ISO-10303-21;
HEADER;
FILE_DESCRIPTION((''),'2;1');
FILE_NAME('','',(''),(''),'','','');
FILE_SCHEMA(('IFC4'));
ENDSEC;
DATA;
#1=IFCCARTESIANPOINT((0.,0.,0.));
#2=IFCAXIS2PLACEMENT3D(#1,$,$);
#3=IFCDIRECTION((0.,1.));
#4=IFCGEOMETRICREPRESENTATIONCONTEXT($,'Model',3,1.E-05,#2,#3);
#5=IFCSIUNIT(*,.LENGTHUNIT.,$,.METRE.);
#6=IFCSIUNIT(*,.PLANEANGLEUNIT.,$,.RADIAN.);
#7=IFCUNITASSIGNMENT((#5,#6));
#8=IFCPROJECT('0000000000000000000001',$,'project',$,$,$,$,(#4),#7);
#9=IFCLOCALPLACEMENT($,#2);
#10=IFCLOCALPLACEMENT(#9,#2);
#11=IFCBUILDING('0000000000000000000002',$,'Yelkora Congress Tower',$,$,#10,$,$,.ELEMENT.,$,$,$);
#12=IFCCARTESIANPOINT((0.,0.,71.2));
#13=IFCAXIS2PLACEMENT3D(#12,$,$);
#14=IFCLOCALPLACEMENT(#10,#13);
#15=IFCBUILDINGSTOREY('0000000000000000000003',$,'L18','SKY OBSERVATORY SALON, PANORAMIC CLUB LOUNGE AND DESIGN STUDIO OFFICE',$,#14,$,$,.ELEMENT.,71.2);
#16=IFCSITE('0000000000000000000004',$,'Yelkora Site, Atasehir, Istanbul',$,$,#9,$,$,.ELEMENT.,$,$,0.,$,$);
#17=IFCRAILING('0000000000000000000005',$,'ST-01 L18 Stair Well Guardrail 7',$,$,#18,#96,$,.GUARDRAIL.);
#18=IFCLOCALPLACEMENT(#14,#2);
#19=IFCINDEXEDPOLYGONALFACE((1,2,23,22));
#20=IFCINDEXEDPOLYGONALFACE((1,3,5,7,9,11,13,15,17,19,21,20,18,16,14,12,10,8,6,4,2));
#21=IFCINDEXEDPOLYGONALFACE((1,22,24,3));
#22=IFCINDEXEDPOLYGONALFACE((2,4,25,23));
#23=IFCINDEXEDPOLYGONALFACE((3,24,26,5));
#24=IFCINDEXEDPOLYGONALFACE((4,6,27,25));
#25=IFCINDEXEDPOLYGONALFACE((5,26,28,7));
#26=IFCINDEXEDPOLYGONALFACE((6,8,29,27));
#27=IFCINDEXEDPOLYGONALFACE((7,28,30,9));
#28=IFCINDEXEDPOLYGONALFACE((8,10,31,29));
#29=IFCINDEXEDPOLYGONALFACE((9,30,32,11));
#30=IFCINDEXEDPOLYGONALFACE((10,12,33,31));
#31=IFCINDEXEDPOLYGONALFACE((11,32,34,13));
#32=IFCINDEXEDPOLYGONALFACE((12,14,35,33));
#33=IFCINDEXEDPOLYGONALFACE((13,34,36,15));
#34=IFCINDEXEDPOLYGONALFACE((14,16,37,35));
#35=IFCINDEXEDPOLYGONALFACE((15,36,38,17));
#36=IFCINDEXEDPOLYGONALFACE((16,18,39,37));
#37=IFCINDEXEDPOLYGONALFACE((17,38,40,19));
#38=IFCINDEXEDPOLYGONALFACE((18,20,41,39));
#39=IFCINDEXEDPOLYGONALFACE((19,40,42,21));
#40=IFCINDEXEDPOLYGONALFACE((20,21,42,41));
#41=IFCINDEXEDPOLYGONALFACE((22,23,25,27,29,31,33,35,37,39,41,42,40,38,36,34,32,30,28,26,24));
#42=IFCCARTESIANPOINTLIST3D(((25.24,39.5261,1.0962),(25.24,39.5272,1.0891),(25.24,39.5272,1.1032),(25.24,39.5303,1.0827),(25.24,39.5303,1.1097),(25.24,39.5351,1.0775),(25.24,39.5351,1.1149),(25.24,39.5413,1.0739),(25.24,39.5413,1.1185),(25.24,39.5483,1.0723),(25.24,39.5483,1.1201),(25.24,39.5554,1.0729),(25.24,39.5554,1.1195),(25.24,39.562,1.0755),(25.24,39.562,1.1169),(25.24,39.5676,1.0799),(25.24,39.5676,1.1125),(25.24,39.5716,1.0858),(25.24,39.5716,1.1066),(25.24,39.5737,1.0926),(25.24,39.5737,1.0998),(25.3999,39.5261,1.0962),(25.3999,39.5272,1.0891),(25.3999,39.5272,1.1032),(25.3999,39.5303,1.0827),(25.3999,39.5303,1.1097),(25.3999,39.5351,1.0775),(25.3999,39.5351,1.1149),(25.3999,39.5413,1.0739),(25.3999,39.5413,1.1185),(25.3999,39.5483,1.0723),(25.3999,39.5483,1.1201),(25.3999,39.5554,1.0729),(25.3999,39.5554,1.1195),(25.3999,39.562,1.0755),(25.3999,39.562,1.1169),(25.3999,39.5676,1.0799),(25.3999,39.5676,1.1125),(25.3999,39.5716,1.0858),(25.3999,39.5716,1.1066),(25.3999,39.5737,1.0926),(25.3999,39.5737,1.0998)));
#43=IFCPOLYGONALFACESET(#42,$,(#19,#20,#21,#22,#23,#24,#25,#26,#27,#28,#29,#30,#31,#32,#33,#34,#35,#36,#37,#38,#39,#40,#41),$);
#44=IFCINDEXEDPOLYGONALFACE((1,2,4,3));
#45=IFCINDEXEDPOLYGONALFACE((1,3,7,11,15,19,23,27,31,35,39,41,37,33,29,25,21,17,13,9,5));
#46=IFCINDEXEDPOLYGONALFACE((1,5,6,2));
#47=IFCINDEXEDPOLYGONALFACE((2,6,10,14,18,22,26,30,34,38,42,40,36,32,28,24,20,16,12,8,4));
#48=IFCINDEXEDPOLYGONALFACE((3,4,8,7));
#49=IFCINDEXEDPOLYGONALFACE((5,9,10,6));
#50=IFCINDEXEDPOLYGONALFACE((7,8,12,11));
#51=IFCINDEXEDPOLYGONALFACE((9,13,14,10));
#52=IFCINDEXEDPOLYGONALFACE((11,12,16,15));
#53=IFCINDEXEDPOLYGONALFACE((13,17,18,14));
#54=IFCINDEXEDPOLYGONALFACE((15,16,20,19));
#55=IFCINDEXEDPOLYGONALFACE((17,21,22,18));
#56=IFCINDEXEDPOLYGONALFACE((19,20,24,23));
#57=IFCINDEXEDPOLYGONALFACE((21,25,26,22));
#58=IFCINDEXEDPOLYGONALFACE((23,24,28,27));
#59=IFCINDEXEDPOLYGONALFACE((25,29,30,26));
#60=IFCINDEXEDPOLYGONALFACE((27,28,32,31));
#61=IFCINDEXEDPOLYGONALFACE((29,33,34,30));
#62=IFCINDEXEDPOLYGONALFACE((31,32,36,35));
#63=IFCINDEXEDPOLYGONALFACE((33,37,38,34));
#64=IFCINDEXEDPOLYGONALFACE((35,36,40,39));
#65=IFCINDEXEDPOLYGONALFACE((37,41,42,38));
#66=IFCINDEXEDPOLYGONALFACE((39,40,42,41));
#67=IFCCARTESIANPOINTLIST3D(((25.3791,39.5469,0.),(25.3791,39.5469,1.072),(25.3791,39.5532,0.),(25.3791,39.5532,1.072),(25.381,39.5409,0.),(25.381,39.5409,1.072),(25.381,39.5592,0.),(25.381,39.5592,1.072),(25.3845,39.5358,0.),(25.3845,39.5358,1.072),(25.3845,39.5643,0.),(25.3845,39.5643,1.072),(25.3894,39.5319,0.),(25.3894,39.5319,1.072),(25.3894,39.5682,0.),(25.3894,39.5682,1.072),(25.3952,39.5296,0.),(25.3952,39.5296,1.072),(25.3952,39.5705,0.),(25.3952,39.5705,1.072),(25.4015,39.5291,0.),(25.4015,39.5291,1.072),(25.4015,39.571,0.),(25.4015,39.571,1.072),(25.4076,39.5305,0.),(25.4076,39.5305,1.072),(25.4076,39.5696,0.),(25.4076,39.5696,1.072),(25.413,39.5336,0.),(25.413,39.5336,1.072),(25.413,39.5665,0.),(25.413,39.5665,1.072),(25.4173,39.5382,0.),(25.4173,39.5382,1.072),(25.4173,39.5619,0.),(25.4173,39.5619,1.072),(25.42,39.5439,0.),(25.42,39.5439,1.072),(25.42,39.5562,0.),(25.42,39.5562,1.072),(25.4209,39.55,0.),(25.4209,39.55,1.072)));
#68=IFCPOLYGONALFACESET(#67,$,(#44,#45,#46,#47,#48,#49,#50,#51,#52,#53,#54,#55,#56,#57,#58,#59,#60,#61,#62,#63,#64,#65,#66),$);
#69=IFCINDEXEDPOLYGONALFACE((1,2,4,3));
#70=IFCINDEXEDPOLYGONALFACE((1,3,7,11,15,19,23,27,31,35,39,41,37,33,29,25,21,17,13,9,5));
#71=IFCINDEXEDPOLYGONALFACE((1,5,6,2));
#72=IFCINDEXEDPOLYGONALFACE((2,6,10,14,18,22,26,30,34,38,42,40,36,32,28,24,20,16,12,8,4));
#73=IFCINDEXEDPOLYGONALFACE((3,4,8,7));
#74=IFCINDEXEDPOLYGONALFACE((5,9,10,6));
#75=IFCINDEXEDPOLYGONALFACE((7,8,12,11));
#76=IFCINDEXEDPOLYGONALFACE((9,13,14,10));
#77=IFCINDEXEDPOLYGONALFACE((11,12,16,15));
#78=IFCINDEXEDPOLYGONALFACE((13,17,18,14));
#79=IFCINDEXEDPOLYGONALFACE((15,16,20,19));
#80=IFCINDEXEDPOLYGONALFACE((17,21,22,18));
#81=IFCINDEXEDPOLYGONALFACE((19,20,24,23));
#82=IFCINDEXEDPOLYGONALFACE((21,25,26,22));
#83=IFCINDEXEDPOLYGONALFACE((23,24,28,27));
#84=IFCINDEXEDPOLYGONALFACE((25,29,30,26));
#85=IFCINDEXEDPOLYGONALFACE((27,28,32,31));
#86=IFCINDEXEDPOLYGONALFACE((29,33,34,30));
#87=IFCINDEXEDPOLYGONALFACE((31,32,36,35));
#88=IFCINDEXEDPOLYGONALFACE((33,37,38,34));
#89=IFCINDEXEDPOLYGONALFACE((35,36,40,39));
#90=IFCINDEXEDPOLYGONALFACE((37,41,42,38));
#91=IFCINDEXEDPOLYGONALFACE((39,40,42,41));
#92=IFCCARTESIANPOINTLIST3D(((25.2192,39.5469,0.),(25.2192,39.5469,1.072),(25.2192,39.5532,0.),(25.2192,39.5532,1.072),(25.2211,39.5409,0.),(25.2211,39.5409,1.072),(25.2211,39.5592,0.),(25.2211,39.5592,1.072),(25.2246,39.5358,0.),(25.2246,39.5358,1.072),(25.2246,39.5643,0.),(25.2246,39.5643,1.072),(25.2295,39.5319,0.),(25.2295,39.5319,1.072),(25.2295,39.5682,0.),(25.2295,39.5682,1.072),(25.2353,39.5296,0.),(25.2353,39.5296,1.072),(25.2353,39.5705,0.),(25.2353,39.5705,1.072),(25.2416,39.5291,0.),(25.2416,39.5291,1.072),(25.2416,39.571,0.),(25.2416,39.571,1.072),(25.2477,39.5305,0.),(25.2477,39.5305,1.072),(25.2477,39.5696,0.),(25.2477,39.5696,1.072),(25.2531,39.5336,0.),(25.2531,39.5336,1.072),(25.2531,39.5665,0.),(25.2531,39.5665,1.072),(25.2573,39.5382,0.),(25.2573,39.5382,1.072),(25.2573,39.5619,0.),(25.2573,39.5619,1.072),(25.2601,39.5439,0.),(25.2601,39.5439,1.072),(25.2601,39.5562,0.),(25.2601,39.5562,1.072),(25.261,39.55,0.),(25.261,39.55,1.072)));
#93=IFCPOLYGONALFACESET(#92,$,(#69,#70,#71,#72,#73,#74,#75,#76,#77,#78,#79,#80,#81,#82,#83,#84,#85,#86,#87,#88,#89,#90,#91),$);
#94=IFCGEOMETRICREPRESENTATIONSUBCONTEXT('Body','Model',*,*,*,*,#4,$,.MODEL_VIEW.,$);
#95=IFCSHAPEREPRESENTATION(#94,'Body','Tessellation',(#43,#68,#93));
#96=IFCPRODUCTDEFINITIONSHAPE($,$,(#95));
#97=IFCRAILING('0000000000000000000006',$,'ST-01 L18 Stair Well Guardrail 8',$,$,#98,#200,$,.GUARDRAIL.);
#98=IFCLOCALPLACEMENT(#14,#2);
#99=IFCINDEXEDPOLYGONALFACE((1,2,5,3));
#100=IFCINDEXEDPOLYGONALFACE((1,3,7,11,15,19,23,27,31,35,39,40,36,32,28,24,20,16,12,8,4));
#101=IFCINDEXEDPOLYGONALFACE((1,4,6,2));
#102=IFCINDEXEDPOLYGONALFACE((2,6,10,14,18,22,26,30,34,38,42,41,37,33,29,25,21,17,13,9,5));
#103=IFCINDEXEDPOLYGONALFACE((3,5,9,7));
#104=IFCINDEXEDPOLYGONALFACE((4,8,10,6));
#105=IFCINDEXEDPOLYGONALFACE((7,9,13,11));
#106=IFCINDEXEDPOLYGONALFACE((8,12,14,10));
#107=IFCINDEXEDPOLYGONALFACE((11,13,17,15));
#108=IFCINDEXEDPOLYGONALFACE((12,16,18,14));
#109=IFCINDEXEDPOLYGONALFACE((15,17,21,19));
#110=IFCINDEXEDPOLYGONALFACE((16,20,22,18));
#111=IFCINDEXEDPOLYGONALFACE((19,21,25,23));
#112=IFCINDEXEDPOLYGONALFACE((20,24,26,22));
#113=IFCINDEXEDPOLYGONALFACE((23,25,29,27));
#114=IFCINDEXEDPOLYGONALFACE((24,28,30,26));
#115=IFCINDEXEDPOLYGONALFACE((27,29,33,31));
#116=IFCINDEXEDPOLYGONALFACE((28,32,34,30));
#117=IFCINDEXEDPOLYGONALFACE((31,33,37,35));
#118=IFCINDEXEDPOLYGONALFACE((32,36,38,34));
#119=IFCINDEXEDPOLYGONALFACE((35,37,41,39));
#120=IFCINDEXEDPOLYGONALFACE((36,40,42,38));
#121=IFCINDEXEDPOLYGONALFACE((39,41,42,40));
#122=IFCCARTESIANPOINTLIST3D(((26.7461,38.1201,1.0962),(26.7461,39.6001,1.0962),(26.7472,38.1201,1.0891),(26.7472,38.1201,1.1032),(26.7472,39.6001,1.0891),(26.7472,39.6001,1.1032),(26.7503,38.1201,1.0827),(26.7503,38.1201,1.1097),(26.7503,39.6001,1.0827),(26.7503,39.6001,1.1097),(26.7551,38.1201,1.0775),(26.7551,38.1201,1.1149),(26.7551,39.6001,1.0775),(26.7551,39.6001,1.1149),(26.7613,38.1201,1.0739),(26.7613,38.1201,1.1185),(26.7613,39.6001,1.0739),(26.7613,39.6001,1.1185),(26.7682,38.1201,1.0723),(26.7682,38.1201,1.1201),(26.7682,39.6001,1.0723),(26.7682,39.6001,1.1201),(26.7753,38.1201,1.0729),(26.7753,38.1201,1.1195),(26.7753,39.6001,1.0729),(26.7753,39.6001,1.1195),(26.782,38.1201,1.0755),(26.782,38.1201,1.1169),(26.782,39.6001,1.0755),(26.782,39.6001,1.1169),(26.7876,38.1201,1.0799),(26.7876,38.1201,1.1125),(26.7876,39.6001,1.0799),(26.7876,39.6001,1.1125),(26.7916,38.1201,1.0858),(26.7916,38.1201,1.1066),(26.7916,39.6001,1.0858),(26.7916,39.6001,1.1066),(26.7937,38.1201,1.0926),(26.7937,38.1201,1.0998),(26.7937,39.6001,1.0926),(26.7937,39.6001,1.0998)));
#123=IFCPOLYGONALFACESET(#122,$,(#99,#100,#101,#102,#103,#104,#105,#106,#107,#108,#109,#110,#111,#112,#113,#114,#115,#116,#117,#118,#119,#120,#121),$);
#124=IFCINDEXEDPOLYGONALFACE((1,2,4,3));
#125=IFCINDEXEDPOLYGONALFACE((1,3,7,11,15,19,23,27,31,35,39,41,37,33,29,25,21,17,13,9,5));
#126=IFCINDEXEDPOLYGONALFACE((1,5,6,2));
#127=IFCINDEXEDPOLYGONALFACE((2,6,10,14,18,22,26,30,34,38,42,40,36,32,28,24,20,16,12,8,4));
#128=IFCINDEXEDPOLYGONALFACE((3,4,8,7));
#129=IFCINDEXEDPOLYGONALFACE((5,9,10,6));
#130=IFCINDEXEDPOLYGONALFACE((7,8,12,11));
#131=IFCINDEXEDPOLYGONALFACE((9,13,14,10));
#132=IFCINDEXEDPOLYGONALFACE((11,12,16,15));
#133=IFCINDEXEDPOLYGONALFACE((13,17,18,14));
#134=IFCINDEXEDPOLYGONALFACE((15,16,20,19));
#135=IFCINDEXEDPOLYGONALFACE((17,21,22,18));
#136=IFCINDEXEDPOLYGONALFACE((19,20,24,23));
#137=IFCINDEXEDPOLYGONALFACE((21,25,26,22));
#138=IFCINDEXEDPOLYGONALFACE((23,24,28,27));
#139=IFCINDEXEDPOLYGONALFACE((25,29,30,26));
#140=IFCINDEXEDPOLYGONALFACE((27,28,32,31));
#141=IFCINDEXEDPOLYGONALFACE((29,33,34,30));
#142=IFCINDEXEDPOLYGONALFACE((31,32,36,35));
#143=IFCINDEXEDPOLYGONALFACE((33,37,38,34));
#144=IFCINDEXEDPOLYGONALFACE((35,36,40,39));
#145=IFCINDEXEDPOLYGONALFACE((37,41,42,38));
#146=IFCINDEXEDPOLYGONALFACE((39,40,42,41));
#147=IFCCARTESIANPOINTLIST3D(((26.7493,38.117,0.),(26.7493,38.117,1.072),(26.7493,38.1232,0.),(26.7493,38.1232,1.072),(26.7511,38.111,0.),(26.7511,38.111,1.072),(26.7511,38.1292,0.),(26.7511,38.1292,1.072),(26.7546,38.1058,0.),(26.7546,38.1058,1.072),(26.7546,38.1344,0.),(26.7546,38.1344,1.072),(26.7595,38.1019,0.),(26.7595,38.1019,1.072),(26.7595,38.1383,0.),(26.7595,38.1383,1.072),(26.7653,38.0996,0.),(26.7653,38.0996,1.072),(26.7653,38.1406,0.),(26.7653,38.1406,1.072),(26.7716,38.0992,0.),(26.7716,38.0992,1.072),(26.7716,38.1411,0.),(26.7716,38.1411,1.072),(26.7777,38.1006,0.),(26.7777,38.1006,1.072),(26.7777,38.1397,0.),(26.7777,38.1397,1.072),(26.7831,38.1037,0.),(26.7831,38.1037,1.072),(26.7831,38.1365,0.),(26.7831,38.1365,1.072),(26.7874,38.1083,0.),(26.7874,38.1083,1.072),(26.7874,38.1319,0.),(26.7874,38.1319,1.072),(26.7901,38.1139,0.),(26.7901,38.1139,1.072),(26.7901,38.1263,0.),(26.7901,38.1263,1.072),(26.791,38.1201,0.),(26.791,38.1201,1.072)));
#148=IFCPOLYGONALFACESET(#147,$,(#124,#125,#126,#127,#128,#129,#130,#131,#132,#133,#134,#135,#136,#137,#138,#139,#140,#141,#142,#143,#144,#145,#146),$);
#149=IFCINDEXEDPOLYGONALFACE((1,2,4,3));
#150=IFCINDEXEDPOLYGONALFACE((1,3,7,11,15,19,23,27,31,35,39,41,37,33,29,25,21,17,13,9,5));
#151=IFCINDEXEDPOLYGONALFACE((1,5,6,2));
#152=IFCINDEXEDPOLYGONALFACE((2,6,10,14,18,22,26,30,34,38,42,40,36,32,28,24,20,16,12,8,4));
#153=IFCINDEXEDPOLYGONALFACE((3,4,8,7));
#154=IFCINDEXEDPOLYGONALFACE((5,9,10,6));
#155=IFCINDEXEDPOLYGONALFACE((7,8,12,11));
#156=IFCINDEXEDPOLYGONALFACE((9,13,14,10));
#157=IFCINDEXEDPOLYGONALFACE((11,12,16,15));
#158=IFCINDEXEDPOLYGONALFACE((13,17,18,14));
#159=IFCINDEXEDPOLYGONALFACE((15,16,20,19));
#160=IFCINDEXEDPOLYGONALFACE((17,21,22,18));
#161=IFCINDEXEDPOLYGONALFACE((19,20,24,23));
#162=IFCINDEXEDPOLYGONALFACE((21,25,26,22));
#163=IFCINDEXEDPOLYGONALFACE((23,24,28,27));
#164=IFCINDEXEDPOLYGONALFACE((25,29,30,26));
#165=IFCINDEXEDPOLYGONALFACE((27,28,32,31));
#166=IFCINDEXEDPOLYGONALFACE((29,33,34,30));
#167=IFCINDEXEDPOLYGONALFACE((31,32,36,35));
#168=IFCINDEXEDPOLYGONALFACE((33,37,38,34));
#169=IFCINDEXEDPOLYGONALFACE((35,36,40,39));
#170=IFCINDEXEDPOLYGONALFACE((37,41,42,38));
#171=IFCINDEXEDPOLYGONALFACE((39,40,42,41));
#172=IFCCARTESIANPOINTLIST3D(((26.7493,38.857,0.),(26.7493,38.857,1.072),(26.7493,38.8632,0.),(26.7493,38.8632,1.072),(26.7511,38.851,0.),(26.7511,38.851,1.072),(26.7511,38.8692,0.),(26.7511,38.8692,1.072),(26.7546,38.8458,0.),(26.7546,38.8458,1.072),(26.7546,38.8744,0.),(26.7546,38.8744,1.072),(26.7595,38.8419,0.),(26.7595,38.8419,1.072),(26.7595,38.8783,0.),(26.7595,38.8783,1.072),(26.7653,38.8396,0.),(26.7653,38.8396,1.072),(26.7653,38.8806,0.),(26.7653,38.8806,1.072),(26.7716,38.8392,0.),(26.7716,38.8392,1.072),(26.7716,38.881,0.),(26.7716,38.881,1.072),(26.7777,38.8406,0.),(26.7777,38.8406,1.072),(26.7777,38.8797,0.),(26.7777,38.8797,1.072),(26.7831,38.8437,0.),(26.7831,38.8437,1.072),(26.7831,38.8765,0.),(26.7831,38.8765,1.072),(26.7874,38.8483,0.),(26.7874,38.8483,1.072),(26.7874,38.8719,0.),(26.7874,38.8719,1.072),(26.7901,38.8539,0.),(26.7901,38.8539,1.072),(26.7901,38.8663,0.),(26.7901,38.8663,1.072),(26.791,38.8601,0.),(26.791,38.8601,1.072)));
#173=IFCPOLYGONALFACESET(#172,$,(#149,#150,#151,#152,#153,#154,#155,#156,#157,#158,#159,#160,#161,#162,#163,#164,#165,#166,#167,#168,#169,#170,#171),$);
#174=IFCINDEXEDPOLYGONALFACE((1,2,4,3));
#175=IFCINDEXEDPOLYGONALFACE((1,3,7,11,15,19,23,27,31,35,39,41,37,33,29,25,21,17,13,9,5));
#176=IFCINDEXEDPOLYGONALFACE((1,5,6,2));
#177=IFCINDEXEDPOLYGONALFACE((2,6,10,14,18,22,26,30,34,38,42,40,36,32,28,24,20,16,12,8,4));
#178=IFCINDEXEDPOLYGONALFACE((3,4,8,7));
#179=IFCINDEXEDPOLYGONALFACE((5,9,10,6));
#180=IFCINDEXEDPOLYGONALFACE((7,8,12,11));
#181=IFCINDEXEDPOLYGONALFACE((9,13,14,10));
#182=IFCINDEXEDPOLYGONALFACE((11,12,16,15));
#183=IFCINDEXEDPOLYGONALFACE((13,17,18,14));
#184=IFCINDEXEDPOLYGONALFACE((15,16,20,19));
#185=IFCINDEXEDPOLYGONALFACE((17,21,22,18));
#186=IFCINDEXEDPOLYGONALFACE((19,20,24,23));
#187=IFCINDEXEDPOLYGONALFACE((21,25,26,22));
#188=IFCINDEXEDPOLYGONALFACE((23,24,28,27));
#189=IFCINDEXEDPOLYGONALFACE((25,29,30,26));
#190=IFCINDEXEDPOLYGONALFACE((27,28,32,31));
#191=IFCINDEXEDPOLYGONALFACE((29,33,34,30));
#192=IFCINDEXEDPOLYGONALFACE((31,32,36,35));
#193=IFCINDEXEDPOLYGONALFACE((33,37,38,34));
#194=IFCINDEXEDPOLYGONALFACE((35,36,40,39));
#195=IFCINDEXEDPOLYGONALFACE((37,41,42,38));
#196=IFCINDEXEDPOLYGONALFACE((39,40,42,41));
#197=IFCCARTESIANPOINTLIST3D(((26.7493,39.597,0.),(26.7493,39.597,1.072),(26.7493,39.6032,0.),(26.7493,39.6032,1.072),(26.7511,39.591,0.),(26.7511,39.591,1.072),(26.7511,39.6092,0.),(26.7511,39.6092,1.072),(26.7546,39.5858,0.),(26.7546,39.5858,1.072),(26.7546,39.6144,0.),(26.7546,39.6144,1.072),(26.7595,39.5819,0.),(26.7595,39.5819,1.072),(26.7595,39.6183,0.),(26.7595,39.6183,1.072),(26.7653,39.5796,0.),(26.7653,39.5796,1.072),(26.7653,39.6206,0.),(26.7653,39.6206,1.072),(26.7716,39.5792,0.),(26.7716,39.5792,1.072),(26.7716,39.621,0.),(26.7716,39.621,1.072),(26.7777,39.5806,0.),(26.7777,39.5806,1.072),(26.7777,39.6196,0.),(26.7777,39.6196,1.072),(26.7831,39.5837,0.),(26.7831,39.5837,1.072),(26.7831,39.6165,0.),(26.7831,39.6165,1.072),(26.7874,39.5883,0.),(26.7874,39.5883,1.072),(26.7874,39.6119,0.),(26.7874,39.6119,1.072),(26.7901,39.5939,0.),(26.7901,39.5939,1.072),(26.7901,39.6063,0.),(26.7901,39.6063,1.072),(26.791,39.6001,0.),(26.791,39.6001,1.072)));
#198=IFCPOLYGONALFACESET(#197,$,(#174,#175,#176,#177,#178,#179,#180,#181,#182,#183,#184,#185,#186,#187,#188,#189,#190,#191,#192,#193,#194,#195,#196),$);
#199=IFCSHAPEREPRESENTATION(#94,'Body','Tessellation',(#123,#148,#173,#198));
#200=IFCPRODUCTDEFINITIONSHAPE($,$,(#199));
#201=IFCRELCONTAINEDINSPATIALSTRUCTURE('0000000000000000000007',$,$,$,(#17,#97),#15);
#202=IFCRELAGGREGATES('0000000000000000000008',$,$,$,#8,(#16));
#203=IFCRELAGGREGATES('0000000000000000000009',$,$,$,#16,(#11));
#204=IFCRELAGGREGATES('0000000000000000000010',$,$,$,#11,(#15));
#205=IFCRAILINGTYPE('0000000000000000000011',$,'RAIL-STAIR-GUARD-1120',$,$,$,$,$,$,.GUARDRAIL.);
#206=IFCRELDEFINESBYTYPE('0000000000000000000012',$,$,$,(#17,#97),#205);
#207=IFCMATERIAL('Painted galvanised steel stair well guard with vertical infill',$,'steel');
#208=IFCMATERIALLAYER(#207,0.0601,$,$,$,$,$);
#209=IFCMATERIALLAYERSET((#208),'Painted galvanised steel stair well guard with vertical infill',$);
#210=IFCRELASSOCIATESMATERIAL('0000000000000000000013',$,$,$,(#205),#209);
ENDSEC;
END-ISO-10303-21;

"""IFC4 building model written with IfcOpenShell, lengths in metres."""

from ifc_helpers import new_model, si_unit, direction, frame, origin, origin_2d, place, context, subcontext, project, spatial, circle, extrude, material, layer, layer_set, type_object, element, save


model = new_model("IFC4")

# Units and contexts
model_context = context("Model", 3, precision=1e-05, world=origin(), true_north=direction((0.0, 1.0)))
body_context = subcontext(model_context, "Body", "Model", "MODEL_VIEW")
ifc_project = project(units=[si_unit("LENGTHUNIT", "METRE"), si_unit("PLANEANGLEUNIT", "RADIAN")], contexts=[model_context])

# Site, building, storey
site_placement = place(None, origin())
site = spatial("IfcSite", under=ifc_project, at=site_placement, Name="Yelkora Site, Atasehir, Istanbul", CompositionType="ELEMENT", RefElevation=0.0)
building_placement = place(site_placement, origin())
building = spatial("IfcBuilding", under=site, at=building_placement, Name="Yelkora Congress Tower", CompositionType="ELEMENT")
storey_placement = place(building_placement, frame((0.0, 0.0, 71.2)))
storey = spatial("IfcBuildingStorey", under=building, at=storey_placement, Name="L18", Description="SKY OBSERVATORY SALON, PANORAMIC CLUB LOUNGE AND DESIGN STUDIO OFFICE", CompositionType="ELEMENT", Elevation=71.2)

# Railings
ifc_material_1 = material(Name="Painted galvanised steel stair well guard with vertical infill", Category="steel")
ifc_layer_1 = layer(ifc_material_1, 0.0601)
ifc_layer_set_1 = layer_set([ifc_layer_1], Name="Painted galvanised steel stair well guard with vertical infill")
railing_type_1 = type_object("IfcRailingType", Name="RAIL-STAIR-GUARD-1120", PredefinedType="GUARDRAIL", material=ifc_layer_set_1)
railing_1_placement = place(storey_placement, frame((25.3999, 39.55, 0.0)))
element("IfcRailing", 1, at=railing_1_placement, inside=storey, type_object=railing_type_1, Name="ST-01 L18 Stair Well Guardrail 7", PredefinedType="GUARDRAIL", context=body_context, shape_type="SweptSolid", body=[
    extrude(circle(Radius=0.0239, at=origin_2d()), frame((0.0, 0.0, 1.0962), z_axis=(-1.0, 0.0, 0.0), x_axis=(0.0, -1.0, 0.0)), (0.0, 0.0, 1.0), 0.1599),
    extrude(circle(Radius=0.021, at=origin_2d()), origin(), (0.0, 0.0, 1.0), 1.072),
    extrude(circle(Radius=0.021, at=origin_2d()), frame((-0.1599, 0.0, 0.0)), (0.0, 0.0, 1.0), 1.072),
])
for number, where, name in (
    (2, (26.77, 38.1201, 0.0), "ST-01 L18 Stair Well Guardrail 8"),
):
    element("IfcRailing", number, at=place(storey_placement, frame(where)), inside=storey, type_object=railing_type_1, Name=name, PredefinedType="GUARDRAIL", context=body_context, shape_type="SweptSolid", body=[
        extrude(circle(Radius=0.0239, at=origin_2d()), frame((0.0, 0.0, 1.0962), z_axis=(0.0, 1.0, 0.0), x_axis=(-1.0, 0.0, 0.0)), (0.0, 0.0, 1.0), 1.48),
        extrude(circle(Radius=0.021, at=origin_2d()), origin(), (0.0, 0.0, 1.0), 1.072),
        extrude(circle(Radius=0.021, at=origin_2d()), frame((0.0, 0.74, 0.0)), (0.0, 0.0, 1.0), 1.072),
        extrude(circle(Radius=0.021, at=origin_2d()), frame((0.0, 1.48, 0.0)), (0.0, 0.0, 1.0), 1.072),
    ])

save(model, "model.ifc")
